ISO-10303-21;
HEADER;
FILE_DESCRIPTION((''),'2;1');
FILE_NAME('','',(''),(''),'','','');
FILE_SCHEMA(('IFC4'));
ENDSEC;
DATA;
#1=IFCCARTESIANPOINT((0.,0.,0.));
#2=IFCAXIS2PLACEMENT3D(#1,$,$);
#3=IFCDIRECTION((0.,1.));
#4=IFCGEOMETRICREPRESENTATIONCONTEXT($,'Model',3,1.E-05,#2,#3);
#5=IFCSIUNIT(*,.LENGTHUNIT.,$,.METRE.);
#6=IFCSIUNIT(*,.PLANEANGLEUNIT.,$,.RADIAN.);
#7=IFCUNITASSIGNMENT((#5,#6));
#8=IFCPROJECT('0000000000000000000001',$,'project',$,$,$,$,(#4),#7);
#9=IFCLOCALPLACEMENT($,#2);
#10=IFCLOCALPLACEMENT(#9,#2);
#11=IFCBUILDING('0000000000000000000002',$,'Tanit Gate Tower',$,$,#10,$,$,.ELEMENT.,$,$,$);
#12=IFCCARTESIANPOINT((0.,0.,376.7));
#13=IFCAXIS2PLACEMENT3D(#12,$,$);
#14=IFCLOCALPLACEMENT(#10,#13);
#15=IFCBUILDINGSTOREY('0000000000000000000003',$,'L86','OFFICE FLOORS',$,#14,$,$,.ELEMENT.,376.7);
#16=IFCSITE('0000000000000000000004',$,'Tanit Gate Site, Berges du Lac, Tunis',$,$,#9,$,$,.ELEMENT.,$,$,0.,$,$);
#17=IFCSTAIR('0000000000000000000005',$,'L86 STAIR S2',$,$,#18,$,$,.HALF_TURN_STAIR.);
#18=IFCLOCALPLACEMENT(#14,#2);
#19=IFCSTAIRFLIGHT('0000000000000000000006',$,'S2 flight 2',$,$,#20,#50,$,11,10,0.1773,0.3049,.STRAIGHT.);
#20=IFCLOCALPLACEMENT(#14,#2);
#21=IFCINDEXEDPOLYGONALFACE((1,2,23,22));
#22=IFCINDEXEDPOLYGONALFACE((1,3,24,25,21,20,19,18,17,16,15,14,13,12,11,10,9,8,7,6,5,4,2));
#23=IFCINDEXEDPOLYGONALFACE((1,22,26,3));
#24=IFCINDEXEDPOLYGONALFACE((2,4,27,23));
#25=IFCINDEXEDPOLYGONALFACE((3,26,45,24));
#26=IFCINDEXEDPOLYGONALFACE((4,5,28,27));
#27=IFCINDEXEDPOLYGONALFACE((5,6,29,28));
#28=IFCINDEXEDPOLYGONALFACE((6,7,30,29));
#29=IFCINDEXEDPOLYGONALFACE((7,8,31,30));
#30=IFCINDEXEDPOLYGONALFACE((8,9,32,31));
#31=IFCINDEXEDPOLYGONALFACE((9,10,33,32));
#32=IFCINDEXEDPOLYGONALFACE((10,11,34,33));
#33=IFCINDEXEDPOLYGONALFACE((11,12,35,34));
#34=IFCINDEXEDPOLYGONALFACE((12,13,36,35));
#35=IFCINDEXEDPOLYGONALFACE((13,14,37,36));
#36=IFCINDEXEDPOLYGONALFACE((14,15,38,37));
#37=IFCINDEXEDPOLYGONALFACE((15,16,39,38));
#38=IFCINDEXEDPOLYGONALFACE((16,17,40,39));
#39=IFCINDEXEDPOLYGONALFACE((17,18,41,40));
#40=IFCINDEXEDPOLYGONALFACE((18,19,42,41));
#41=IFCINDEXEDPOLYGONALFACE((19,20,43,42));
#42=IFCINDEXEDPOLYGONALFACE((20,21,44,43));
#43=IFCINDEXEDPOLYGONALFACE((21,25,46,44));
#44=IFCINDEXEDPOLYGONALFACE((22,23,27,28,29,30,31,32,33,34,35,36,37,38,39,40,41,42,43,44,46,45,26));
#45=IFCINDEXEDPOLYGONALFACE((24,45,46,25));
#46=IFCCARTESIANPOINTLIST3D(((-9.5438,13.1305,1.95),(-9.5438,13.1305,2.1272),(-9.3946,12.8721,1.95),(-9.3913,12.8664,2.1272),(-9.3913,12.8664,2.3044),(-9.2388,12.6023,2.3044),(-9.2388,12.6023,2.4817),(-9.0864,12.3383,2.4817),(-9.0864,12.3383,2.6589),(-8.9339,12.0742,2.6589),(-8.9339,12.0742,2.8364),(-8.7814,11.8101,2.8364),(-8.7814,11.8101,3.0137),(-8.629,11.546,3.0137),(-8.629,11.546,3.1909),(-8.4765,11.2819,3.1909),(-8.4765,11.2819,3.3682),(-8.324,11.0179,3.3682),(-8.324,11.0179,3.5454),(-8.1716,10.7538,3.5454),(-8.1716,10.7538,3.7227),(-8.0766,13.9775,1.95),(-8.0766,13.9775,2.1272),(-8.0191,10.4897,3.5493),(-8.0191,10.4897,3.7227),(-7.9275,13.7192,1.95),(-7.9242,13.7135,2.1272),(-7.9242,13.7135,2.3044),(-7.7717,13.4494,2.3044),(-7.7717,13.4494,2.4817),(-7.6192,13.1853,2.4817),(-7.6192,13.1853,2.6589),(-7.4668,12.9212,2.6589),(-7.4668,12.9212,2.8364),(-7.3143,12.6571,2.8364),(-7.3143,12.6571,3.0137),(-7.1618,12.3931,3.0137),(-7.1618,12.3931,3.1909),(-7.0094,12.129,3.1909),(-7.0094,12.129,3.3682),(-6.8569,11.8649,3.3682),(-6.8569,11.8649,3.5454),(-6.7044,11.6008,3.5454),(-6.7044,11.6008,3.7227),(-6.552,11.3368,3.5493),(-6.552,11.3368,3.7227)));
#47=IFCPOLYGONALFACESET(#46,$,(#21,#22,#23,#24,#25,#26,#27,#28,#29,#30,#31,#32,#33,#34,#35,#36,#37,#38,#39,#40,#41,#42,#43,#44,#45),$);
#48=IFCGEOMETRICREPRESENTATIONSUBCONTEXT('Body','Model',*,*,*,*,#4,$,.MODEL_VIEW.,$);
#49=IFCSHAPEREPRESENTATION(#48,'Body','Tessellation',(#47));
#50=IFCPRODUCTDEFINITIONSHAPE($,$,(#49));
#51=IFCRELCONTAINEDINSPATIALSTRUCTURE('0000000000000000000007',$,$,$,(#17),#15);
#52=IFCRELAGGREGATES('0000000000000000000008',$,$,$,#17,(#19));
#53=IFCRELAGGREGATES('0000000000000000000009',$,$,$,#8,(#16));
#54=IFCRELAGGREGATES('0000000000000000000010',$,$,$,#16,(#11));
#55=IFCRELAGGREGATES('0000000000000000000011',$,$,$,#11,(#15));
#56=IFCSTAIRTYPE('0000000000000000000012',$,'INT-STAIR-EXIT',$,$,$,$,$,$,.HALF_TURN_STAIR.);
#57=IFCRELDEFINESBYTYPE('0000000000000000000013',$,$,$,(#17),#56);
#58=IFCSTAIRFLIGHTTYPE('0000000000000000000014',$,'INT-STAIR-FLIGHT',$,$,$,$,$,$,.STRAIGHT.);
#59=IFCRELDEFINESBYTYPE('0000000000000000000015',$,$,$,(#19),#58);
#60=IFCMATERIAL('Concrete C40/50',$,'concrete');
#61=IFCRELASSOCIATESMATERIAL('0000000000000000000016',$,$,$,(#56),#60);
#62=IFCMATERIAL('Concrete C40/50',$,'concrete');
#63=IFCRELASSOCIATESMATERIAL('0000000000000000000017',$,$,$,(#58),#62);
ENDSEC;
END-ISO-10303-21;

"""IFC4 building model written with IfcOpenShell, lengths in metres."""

from ifc_helpers import new_model, si_unit, direction, frame, origin, place, context, subcontext, project, spatial, polyline, outline, extrude, material, type_object, element, aggregate, save


model = new_model("IFC4")

# Units and contexts
model_context = context("Model", 3, precision=1e-05, world=origin(), true_north=direction((0.0, 1.0)))
body_context = subcontext(model_context, "Body", "Model", "MODEL_VIEW")
ifc_project = project(units=[si_unit("LENGTHUNIT", "METRE"), si_unit("PLANEANGLEUNIT", "RADIAN")], contexts=[model_context])

# Site, building, storey
site_placement = place(None, origin())
site = spatial("IfcSite", under=ifc_project, at=site_placement, Name="Tanit Gate Site, Berges du Lac, Tunis", CompositionType="ELEMENT", RefElevation=0.0)
building_placement = place(site_placement, origin())
building = spatial("IfcBuilding", under=site, at=building_placement, Name="Tanit Gate Tower", CompositionType="ELEMENT")
storey_placement = place(building_placement, frame((0.0, 0.0, 376.7)))
storey = spatial("IfcBuildingStorey", under=building, at=storey_placement, Name="L86", Description="OFFICE FLOORS", CompositionType="ELEMENT", Elevation=376.7)

# Stair, stair flight
ifc_material_1 = material(Name="Concrete C40/50", Category="concrete")
stair_type = type_object("IfcStairType", Name="INT-STAIR-EXIT", PredefinedType="HALF_TURN_STAIR", material=ifc_material_1)
stair_placement = place(storey_placement, origin())
stair = element("IfcStair", 1, at=stair_placement, inside=storey, type_object=stair_type, Name="L86 STAIR S2", PredefinedType="HALF_TURN_STAIR")
ifc_material_2 = material(Name="Concrete C40/50", Category="concrete")
stair_flight_type = type_object("IfcStairFlightType", Name="INT-STAIR-FLIGHT", PredefinedType="STRAIGHT", material=ifc_material_2)
stair_flight_placement = place(storey_placement, frame((-8.8103, 13.554, 1.95), z_axis=(0.0, 0.0, 1.0), x_axis=(0.5, -0.866025, 0.0)))
stair_flight = element("IfcStairFlight", 2, at=stair_flight_placement, type_object=stair_flight_type, Name="S2 flight 2", NumberOfRisers=11, NumberOfTreads=10, PredefinedType="STRAIGHT", RiserHeight=0.1773, TreadLength=0.3049, context=body_context, shape_type="SweptSolid", body=[
    extrude(outline(polyline([(0.0, 0.0), (0.0, 0.1772), (0.3049, 0.1772), (0.3049, 0.3545), (0.6099, 0.3545), (0.6099, 0.5317), (0.9148, 0.5317), (0.9148, 0.709), (1.2197, 0.709), (1.2197, 0.8865), (1.5247, 0.8865), (1.5247, 1.0637), (1.8296, 1.0637), (1.8296, 1.241), (2.1345, 1.241), (2.1345, 1.4182), (2.4395, 1.4182), (2.4395, 1.5955), (2.7444, 1.5955), (2.7444, 1.7727), (3.0493, 1.7727), (3.0493, 1.95), (3.0493, 1.5994), (0.2983, 0.0), (0.0, 0.0)])), frame((0.0, 0.8472, 0.0), z_axis=(0.0, -1.0, 0.0), x_axis=(1.0, 0.0, 0.0)), (0.0, 0.0, 1.0), 1.6941),
])
aggregate(stair, [stair_flight])

save(model, "model.ifc")
